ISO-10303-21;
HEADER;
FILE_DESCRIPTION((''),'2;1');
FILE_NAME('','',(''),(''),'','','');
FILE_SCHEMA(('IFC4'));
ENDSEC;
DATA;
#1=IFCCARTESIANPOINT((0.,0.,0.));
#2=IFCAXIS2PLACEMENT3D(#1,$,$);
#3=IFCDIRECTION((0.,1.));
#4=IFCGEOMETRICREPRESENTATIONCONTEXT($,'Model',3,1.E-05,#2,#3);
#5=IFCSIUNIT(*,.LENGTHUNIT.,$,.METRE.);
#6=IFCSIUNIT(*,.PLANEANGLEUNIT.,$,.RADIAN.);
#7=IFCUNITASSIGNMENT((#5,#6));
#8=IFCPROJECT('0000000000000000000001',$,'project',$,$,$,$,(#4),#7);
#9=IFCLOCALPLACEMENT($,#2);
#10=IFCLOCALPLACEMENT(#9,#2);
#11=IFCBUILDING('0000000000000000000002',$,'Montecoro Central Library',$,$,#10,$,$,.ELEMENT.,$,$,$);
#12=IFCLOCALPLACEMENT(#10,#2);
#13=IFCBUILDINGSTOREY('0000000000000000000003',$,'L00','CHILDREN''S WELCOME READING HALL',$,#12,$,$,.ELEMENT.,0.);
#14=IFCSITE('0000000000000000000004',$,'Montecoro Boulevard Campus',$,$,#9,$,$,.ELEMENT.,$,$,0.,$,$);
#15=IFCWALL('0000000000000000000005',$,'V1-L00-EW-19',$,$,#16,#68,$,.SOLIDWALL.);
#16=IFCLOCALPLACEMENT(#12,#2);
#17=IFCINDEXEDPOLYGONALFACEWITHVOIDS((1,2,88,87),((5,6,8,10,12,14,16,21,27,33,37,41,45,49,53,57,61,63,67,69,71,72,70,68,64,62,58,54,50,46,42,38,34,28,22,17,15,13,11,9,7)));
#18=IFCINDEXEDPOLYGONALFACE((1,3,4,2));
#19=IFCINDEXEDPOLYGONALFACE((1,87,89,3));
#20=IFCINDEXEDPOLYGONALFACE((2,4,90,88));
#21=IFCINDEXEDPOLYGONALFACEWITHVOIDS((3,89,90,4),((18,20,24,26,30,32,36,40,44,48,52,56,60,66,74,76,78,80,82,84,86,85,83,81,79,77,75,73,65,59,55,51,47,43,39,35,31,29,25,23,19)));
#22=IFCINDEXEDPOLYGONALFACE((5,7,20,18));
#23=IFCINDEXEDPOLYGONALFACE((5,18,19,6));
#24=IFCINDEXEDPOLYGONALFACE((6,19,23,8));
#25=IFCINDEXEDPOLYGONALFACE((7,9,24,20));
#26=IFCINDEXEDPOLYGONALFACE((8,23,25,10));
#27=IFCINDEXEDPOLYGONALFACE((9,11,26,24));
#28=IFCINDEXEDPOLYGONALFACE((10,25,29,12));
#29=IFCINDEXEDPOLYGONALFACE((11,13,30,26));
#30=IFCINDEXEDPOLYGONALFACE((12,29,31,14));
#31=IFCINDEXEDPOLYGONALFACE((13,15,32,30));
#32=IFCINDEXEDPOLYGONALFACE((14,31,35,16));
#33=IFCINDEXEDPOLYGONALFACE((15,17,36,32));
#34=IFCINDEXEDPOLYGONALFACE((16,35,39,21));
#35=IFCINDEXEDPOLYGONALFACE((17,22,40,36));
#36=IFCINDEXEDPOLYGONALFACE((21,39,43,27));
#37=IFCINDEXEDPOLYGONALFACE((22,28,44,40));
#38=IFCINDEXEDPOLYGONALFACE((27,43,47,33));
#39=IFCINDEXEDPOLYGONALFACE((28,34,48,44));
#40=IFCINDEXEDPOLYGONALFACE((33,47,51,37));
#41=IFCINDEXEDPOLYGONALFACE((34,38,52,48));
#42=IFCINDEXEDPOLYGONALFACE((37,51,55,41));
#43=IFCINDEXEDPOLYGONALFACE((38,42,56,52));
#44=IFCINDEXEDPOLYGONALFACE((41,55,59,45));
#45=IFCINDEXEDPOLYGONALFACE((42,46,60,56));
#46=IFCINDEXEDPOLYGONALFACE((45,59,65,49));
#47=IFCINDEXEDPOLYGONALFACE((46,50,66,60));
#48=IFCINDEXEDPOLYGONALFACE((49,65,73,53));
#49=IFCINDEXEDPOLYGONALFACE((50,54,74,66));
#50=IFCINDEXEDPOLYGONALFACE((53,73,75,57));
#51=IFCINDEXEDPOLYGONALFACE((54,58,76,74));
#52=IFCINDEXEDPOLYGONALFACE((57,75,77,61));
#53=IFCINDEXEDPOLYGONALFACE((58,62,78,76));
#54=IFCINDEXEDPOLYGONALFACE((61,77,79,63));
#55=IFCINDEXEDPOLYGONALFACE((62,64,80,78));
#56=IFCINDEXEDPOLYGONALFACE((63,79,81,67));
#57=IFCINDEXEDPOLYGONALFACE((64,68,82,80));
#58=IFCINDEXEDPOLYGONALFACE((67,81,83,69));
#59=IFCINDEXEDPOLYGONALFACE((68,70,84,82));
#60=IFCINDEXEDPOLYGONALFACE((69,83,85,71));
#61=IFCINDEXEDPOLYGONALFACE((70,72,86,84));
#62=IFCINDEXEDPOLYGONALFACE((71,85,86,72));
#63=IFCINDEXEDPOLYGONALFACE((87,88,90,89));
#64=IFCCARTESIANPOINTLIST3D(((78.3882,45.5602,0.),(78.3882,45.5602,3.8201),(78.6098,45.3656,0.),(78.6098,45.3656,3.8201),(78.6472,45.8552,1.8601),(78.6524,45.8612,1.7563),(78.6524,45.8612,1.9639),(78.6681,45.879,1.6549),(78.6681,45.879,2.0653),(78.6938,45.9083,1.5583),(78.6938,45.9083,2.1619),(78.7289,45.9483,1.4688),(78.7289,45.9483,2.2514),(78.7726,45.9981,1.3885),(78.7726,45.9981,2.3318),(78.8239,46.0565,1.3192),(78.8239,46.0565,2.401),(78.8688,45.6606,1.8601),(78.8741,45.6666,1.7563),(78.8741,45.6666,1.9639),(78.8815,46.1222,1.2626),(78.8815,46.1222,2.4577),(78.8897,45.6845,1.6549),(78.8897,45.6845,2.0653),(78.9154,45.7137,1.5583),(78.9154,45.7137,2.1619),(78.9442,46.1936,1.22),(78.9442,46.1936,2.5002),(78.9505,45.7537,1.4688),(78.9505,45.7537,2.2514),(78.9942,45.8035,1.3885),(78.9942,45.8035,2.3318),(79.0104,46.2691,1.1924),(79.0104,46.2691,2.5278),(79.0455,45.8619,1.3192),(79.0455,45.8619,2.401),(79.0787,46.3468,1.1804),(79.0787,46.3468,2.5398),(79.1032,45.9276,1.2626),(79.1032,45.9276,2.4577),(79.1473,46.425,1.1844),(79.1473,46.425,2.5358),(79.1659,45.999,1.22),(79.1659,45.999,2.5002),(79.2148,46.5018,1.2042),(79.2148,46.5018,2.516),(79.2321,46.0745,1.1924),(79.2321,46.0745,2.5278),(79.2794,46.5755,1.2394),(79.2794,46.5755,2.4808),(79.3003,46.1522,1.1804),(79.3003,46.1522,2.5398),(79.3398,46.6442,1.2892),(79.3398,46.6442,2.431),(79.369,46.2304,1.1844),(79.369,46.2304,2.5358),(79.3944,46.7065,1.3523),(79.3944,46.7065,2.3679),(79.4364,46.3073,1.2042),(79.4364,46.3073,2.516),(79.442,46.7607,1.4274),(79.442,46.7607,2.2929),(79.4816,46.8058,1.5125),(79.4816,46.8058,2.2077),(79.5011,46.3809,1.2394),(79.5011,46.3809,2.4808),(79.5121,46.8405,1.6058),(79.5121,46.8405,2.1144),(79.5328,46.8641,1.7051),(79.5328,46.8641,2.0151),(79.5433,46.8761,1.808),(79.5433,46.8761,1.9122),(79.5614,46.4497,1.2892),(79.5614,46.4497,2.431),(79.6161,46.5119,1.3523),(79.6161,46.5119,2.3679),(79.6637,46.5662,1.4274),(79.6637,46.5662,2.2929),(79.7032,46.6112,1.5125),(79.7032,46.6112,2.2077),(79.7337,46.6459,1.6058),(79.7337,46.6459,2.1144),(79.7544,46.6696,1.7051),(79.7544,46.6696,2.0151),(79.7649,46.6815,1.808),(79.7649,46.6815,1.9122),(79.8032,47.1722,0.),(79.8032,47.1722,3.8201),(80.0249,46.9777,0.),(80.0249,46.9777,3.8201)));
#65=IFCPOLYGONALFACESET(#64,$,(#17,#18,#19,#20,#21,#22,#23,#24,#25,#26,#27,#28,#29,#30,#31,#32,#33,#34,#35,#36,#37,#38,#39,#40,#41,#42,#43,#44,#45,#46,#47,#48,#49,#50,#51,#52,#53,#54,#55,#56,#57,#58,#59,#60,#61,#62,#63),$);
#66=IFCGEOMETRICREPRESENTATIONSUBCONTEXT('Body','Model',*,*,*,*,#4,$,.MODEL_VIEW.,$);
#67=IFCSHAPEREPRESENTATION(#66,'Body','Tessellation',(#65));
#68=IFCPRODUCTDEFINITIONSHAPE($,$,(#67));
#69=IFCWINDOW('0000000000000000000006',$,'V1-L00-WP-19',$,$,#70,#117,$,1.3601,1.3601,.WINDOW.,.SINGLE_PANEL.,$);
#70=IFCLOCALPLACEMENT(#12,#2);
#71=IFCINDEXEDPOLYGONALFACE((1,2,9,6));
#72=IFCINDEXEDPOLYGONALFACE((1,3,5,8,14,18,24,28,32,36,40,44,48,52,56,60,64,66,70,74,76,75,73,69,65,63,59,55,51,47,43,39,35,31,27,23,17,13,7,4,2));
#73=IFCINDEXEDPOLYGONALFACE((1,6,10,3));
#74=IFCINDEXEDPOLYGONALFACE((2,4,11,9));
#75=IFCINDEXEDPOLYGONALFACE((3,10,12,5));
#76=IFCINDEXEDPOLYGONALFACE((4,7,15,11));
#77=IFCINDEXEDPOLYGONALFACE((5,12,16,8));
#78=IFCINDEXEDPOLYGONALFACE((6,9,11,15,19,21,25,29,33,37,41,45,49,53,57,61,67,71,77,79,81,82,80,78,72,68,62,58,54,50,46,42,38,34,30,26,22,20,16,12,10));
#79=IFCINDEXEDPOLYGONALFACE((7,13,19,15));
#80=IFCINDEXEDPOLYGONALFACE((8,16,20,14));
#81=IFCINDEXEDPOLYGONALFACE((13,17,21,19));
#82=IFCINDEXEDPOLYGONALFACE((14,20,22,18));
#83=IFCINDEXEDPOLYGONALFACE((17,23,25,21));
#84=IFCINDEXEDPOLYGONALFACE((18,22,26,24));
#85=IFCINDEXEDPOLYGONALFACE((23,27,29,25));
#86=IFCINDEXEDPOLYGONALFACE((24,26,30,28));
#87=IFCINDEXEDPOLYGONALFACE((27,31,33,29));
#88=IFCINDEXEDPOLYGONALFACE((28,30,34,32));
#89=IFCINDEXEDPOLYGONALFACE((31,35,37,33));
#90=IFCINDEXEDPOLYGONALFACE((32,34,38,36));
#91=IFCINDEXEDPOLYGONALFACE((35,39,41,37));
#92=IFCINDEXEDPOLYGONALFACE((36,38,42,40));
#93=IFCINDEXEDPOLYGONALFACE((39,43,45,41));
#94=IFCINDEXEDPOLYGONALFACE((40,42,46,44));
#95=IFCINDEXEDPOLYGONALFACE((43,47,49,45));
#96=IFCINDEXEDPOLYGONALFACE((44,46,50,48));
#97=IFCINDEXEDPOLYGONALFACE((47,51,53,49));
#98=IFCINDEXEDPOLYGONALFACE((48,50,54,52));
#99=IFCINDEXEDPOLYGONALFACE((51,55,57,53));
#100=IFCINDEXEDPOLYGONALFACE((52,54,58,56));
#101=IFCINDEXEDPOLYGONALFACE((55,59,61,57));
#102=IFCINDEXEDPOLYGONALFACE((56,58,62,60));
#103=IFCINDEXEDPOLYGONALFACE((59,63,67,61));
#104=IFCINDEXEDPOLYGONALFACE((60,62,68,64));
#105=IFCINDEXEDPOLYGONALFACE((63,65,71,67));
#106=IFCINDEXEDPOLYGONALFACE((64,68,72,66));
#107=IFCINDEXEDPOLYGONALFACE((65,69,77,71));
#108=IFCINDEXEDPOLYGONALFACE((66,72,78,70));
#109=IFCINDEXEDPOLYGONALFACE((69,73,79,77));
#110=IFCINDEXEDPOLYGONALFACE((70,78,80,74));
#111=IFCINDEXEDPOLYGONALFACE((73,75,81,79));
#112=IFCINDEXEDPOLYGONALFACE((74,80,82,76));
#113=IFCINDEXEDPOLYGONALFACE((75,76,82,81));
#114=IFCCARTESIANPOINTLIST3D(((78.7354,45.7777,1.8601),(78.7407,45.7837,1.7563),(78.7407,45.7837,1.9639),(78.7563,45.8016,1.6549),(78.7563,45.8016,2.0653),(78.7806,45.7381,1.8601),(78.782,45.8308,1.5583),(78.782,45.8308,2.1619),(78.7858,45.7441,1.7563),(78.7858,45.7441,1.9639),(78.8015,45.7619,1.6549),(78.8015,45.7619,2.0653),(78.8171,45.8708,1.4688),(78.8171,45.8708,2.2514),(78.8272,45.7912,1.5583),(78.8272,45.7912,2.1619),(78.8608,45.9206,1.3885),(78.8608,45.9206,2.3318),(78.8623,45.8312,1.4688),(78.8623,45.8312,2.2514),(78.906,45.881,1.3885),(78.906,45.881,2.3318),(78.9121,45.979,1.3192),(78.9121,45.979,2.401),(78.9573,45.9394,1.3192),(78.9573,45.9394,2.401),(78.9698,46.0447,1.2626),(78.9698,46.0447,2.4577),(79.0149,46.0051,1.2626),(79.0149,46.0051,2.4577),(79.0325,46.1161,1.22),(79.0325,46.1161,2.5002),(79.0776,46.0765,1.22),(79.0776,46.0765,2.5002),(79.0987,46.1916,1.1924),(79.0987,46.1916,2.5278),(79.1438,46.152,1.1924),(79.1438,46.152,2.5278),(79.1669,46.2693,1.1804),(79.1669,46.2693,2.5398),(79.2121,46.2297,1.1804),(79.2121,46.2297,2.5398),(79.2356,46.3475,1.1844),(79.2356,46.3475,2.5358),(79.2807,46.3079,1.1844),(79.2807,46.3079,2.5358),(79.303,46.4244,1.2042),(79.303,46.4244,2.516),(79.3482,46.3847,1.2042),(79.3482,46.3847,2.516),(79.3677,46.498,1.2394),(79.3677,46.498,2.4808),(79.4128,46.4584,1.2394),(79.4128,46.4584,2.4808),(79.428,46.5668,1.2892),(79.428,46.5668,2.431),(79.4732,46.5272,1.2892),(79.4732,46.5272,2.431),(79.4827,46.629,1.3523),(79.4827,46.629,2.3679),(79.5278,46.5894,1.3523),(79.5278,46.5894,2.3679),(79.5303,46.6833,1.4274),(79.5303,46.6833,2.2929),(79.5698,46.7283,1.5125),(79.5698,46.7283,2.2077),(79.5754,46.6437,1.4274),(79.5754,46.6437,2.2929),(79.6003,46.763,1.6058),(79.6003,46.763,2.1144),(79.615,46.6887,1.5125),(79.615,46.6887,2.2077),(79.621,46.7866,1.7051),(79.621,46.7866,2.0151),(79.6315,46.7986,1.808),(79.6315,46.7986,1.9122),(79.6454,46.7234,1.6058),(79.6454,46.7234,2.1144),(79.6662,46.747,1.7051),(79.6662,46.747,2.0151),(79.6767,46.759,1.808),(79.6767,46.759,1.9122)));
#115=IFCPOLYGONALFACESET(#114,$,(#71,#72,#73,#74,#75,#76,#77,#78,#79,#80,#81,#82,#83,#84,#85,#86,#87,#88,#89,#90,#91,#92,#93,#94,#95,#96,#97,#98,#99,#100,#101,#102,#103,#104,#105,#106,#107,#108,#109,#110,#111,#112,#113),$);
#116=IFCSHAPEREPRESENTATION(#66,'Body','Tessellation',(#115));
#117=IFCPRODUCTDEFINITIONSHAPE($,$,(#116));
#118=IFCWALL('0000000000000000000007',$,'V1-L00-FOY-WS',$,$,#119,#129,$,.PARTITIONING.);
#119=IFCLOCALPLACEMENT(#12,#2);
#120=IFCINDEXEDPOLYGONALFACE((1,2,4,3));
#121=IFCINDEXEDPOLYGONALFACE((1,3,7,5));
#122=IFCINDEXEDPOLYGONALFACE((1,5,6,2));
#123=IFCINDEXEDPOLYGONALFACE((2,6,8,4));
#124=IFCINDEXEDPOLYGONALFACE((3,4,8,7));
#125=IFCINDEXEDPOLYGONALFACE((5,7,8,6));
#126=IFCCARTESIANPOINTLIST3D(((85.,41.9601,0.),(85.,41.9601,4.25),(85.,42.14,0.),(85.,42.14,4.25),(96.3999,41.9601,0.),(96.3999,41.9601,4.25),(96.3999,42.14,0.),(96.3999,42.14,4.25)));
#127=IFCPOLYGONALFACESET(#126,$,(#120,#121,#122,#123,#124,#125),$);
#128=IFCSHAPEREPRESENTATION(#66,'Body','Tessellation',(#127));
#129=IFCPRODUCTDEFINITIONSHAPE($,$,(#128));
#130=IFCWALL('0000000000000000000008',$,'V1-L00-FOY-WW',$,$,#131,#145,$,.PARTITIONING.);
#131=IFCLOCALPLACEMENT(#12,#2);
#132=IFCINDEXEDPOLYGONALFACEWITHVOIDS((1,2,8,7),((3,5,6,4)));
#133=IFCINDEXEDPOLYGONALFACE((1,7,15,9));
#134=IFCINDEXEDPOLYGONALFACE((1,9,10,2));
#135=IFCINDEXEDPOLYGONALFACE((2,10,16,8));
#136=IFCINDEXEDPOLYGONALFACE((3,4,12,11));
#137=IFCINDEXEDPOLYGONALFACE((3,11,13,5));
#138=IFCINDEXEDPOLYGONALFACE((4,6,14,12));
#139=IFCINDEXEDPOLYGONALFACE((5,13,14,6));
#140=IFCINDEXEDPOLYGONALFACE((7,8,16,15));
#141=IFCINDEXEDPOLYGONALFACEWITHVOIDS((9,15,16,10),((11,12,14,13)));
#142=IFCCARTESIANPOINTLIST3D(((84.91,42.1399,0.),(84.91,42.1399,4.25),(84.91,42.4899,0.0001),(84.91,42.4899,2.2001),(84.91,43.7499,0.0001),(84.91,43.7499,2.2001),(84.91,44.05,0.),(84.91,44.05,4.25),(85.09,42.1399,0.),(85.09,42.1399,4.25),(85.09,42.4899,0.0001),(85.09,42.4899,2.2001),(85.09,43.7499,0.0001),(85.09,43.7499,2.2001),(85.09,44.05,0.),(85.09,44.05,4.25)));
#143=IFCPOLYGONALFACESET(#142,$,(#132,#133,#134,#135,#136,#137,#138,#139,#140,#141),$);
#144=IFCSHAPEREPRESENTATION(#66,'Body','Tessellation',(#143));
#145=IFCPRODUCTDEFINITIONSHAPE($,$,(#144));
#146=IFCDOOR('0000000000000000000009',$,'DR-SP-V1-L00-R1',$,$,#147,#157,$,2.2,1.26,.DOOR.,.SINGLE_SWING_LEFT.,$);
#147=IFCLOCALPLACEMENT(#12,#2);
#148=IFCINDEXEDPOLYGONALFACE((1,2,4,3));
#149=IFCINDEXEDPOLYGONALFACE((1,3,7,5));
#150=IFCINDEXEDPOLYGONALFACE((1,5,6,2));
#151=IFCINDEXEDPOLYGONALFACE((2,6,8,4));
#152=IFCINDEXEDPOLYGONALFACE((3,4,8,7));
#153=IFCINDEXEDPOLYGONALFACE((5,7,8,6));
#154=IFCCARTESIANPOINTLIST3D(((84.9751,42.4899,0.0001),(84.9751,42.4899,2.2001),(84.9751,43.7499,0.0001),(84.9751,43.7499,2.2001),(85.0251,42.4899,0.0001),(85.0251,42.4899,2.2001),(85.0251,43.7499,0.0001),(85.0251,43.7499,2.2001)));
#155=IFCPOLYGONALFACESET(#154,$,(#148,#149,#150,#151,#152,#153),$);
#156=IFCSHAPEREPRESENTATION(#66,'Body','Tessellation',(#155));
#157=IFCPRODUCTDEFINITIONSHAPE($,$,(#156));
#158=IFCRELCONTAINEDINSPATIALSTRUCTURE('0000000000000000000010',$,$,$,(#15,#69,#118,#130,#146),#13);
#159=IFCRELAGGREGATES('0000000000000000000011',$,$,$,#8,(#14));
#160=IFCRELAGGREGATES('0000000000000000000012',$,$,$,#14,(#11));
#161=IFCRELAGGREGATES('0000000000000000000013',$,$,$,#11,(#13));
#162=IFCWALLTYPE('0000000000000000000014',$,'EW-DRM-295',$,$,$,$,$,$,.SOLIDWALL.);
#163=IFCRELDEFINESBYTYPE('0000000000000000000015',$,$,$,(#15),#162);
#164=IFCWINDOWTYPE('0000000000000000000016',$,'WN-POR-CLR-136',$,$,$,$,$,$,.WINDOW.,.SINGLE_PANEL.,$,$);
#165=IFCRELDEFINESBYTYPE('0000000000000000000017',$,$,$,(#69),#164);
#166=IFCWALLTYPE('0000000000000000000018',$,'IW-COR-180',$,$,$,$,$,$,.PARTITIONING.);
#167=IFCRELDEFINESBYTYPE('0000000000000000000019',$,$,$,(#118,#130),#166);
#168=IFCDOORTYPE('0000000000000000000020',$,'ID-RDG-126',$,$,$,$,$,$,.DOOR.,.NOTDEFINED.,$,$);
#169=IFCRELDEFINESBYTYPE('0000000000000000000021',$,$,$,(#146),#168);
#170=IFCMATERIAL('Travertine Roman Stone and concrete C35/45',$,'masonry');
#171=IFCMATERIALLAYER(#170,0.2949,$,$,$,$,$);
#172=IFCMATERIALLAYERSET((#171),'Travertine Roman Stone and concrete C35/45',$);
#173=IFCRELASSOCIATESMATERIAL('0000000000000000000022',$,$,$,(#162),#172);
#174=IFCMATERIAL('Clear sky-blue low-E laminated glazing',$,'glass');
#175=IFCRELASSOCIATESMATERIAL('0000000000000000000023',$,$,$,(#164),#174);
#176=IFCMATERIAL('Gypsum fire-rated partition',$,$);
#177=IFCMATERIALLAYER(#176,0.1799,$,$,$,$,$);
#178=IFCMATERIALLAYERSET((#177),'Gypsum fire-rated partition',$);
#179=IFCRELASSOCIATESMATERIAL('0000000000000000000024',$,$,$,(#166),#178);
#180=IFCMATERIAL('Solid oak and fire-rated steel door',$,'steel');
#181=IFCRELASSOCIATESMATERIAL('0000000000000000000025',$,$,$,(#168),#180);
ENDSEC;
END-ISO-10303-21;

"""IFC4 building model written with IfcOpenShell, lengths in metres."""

from ifc_helpers import new_model, si_unit, direction, frame, frame_2d, origin, place, context, subcontext, project, spatial, rectangle, circle, extrude, material, layer, layer_set, type_object, element, fill, save


model = new_model("IFC4")

# Units and contexts
model_context = context("Model", 3, precision=1e-05, world=origin(), true_north=direction((0.0, 1.0)))
body_context = subcontext(model_context, "Body", "Model", "MODEL_VIEW")
ifc_project = project(units=[si_unit("LENGTHUNIT", "METRE"), si_unit("PLANEANGLEUNIT", "RADIAN")], contexts=[model_context])

# Site, building, storey
site_placement = place(None, origin())
site = spatial("IfcSite", under=ifc_project, at=site_placement, Name="Montecoro Boulevard Campus", CompositionType="ELEMENT", RefElevation=0.0)
building_placement = place(site_placement, origin())
building = spatial("IfcBuilding", under=site, at=building_placement, Name="Montecoro Central Library", CompositionType="ELEMENT")
storey_placement = place(building_placement, origin())
storey = spatial("IfcBuildingStorey", under=building, at=storey_placement, Name="L00", Description="CHILDREN'S WELCOME READING HALL", CompositionType="ELEMENT", Elevation=0.0)

# Wall, opening, window
ifc_material_1 = material(Name="Travertine Roman Stone and concrete C35/45", Category="masonry")
ifc_layer_1 = layer(ifc_material_1, 0.2949)
ifc_layer_set_1 = layer_set([ifc_layer_1], Name="Travertine Roman Stone and concrete C35/45")
wall_type_1 = type_object("IfcWallType", Name="EW-DRM-295", PredefinedType="SOLIDWALL", material=ifc_layer_set_1)
ifc_material_2 = material(Name="Clear sky-blue low-E laminated glazing", Category="glass")
window_type_1 = type_object("IfcWindowType", Name="WN-POR-CLR-136", PartitioningType="SINGLE_PANEL", PredefinedType="WINDOW", material=ifc_material_2)
wall_1_placement = place(storey_placement, frame((79.9141, 47.075, 0.0), z_axis=(0.0, 0.0, 1.0), x_axis=(-0.659688, -0.751539, 0.0)))
wall_1 = element("IfcWall", 1, at=wall_1_placement, inside=storey, type_object=wall_type_1, Name="V1-L00-EW-19", PredefinedType="SOLIDWALL", context=body_context, shape_type="SweptSolid", body=[
    extrude(rectangle(XDim=2.145, YDim=0.2949, at=frame_2d((1.0725, 0.0))), origin(), (0.0, 0.0, 1.0), 3.8201),
])
opening_1_placement = place(wall_1_placement, frame((0.3921, 0.0, 1.1799)))
opening_1 = element("IfcOpeningElement", 2, at=opening_1_placement, cuts=wall_1, PredefinedType="OPENING", context=body_context, shape_type="SweptSolid", body=[
    extrude(circle(Radius=0.6802, at=frame_2d((0.6802, 0.6802))), frame((0.0, 0.1575, 0.0), z_axis=(0.0, -1.0, 0.0), x_axis=(1.0, 0.0, 0.0)), (0.0, 0.0, 1.0), 0.3149),
])
window_1_placement = place(opening_1_placement, origin())
window_1 = element("IfcWindow", 3, at=window_1_placement, inside=storey, type_object=window_type_1, Name="V1-L00-WP-19", OverallHeight=1.3601, OverallWidth=1.3601, PartitioningType="SINGLE_PANEL", PredefinedType="WINDOW", context=body_context, shape_type="SweptSolid", body=[
    extrude(circle(Radius=0.6802, at=frame_2d((0.6802, 0.6802))), frame((0.0, 0.03, 0.0), z_axis=(0.0, -1.0, 0.0), x_axis=(1.0, 0.0, 0.0)), (0.0, 0.0, 1.0), 0.0601),
])
fill(opening_1, window_1)

# Wall
ifc_material_3 = material(Name="Gypsum fire-rated partition")
ifc_layer_2 = layer(ifc_material_3, 0.1799)
ifc_layer_set_2 = layer_set([ifc_layer_2], Name="Gypsum fire-rated partition")
wall_type_2 = type_object("IfcWallType", Name="IW-COR-180", PredefinedType="PARTITIONING", material=ifc_layer_set_2)
wall_2_placement = place(storey_placement, frame((85.0, 42.05, 0.0), z_axis=(0.0, 0.0, 1.0), x_axis=(1.0, 0.0, 0.0)))
element("IfcWall", 4, at=wall_2_placement, inside=storey, type_object=wall_type_2, Name="V1-L00-FOY-WS", PredefinedType="PARTITIONING", context=body_context, shape_type="SweptSolid", body=[
    extrude(rectangle(XDim=11.3999, YDim=0.1799, at=frame_2d((5.7, 0.0))), origin(), (0.0, 0.0, 1.0), 4.25),
])

# Wall, opening, door
wall_3_placement = place(storey_placement, frame((85.0, 42.1399, 0.0), z_axis=(0.0, 0.0, 1.0), x_axis=(0.0, 1.0, 0.0)))
wall_3 = element("IfcWall", 5, at=wall_3_placement, inside=storey, type_object=wall_type_2, Name="V1-L00-FOY-WW", PredefinedType="PARTITIONING", context=body_context, shape_type="SweptSolid", body=[
    extrude(rectangle(XDim=1.9102, YDim=0.1799, at=frame_2d((0.9551, 0.0))), origin(), (0.0, 0.0, 1.0), 4.25),
])
opening_2_placement = place(wall_3_placement, frame((0.3501, 0.0, 0.0)))
opening_2 = element("IfcOpeningElement", 6, at=opening_2_placement, cuts=wall_3, PredefinedType="OPENING", context=body_context, shape_type="SweptSolid", body=[
    extrude(rectangle(XDim=1.26, YDim=2.2, at=frame_2d((0.6299, 1.1001))), frame((0.0, 0.0999, 0.0), z_axis=(0.0, -1.0, 0.0), x_axis=(1.0, 0.0, 0.0)), (0.0, 0.0, 1.0), 0.2),
])
ifc_material_4 = material(Name="Solid oak and fire-rated steel door", Category="steel")
door_type_1 = type_object("IfcDoorType", Name="ID-RDG-126", OperationType="NOTDEFINED", PredefinedType="DOOR", material=ifc_material_4)
door_1_placement = place(opening_2_placement, origin())
door_1 = element("IfcDoor", 7, at=door_1_placement, inside=storey, type_object=door_type_1, Name="DR-SP-V1-L00-R1", OperationType="SINGLE_SWING_LEFT", OverallHeight=2.2, OverallWidth=1.26, PredefinedType="DOOR", context=body_context, shape_type="SweptSolid", body=[
    extrude(rectangle(XDim=1.26, YDim=2.2, at=frame_2d((0.6299, 1.1001))), frame((0.0, 0.0249, 0.0), z_axis=(0.0, -1.0, 0.0), x_axis=(1.0, 0.0, 0.0)), (0.0, 0.0, 1.0), 0.05),
])
fill(opening_2, door_1)

save(model, "model.ifc")
